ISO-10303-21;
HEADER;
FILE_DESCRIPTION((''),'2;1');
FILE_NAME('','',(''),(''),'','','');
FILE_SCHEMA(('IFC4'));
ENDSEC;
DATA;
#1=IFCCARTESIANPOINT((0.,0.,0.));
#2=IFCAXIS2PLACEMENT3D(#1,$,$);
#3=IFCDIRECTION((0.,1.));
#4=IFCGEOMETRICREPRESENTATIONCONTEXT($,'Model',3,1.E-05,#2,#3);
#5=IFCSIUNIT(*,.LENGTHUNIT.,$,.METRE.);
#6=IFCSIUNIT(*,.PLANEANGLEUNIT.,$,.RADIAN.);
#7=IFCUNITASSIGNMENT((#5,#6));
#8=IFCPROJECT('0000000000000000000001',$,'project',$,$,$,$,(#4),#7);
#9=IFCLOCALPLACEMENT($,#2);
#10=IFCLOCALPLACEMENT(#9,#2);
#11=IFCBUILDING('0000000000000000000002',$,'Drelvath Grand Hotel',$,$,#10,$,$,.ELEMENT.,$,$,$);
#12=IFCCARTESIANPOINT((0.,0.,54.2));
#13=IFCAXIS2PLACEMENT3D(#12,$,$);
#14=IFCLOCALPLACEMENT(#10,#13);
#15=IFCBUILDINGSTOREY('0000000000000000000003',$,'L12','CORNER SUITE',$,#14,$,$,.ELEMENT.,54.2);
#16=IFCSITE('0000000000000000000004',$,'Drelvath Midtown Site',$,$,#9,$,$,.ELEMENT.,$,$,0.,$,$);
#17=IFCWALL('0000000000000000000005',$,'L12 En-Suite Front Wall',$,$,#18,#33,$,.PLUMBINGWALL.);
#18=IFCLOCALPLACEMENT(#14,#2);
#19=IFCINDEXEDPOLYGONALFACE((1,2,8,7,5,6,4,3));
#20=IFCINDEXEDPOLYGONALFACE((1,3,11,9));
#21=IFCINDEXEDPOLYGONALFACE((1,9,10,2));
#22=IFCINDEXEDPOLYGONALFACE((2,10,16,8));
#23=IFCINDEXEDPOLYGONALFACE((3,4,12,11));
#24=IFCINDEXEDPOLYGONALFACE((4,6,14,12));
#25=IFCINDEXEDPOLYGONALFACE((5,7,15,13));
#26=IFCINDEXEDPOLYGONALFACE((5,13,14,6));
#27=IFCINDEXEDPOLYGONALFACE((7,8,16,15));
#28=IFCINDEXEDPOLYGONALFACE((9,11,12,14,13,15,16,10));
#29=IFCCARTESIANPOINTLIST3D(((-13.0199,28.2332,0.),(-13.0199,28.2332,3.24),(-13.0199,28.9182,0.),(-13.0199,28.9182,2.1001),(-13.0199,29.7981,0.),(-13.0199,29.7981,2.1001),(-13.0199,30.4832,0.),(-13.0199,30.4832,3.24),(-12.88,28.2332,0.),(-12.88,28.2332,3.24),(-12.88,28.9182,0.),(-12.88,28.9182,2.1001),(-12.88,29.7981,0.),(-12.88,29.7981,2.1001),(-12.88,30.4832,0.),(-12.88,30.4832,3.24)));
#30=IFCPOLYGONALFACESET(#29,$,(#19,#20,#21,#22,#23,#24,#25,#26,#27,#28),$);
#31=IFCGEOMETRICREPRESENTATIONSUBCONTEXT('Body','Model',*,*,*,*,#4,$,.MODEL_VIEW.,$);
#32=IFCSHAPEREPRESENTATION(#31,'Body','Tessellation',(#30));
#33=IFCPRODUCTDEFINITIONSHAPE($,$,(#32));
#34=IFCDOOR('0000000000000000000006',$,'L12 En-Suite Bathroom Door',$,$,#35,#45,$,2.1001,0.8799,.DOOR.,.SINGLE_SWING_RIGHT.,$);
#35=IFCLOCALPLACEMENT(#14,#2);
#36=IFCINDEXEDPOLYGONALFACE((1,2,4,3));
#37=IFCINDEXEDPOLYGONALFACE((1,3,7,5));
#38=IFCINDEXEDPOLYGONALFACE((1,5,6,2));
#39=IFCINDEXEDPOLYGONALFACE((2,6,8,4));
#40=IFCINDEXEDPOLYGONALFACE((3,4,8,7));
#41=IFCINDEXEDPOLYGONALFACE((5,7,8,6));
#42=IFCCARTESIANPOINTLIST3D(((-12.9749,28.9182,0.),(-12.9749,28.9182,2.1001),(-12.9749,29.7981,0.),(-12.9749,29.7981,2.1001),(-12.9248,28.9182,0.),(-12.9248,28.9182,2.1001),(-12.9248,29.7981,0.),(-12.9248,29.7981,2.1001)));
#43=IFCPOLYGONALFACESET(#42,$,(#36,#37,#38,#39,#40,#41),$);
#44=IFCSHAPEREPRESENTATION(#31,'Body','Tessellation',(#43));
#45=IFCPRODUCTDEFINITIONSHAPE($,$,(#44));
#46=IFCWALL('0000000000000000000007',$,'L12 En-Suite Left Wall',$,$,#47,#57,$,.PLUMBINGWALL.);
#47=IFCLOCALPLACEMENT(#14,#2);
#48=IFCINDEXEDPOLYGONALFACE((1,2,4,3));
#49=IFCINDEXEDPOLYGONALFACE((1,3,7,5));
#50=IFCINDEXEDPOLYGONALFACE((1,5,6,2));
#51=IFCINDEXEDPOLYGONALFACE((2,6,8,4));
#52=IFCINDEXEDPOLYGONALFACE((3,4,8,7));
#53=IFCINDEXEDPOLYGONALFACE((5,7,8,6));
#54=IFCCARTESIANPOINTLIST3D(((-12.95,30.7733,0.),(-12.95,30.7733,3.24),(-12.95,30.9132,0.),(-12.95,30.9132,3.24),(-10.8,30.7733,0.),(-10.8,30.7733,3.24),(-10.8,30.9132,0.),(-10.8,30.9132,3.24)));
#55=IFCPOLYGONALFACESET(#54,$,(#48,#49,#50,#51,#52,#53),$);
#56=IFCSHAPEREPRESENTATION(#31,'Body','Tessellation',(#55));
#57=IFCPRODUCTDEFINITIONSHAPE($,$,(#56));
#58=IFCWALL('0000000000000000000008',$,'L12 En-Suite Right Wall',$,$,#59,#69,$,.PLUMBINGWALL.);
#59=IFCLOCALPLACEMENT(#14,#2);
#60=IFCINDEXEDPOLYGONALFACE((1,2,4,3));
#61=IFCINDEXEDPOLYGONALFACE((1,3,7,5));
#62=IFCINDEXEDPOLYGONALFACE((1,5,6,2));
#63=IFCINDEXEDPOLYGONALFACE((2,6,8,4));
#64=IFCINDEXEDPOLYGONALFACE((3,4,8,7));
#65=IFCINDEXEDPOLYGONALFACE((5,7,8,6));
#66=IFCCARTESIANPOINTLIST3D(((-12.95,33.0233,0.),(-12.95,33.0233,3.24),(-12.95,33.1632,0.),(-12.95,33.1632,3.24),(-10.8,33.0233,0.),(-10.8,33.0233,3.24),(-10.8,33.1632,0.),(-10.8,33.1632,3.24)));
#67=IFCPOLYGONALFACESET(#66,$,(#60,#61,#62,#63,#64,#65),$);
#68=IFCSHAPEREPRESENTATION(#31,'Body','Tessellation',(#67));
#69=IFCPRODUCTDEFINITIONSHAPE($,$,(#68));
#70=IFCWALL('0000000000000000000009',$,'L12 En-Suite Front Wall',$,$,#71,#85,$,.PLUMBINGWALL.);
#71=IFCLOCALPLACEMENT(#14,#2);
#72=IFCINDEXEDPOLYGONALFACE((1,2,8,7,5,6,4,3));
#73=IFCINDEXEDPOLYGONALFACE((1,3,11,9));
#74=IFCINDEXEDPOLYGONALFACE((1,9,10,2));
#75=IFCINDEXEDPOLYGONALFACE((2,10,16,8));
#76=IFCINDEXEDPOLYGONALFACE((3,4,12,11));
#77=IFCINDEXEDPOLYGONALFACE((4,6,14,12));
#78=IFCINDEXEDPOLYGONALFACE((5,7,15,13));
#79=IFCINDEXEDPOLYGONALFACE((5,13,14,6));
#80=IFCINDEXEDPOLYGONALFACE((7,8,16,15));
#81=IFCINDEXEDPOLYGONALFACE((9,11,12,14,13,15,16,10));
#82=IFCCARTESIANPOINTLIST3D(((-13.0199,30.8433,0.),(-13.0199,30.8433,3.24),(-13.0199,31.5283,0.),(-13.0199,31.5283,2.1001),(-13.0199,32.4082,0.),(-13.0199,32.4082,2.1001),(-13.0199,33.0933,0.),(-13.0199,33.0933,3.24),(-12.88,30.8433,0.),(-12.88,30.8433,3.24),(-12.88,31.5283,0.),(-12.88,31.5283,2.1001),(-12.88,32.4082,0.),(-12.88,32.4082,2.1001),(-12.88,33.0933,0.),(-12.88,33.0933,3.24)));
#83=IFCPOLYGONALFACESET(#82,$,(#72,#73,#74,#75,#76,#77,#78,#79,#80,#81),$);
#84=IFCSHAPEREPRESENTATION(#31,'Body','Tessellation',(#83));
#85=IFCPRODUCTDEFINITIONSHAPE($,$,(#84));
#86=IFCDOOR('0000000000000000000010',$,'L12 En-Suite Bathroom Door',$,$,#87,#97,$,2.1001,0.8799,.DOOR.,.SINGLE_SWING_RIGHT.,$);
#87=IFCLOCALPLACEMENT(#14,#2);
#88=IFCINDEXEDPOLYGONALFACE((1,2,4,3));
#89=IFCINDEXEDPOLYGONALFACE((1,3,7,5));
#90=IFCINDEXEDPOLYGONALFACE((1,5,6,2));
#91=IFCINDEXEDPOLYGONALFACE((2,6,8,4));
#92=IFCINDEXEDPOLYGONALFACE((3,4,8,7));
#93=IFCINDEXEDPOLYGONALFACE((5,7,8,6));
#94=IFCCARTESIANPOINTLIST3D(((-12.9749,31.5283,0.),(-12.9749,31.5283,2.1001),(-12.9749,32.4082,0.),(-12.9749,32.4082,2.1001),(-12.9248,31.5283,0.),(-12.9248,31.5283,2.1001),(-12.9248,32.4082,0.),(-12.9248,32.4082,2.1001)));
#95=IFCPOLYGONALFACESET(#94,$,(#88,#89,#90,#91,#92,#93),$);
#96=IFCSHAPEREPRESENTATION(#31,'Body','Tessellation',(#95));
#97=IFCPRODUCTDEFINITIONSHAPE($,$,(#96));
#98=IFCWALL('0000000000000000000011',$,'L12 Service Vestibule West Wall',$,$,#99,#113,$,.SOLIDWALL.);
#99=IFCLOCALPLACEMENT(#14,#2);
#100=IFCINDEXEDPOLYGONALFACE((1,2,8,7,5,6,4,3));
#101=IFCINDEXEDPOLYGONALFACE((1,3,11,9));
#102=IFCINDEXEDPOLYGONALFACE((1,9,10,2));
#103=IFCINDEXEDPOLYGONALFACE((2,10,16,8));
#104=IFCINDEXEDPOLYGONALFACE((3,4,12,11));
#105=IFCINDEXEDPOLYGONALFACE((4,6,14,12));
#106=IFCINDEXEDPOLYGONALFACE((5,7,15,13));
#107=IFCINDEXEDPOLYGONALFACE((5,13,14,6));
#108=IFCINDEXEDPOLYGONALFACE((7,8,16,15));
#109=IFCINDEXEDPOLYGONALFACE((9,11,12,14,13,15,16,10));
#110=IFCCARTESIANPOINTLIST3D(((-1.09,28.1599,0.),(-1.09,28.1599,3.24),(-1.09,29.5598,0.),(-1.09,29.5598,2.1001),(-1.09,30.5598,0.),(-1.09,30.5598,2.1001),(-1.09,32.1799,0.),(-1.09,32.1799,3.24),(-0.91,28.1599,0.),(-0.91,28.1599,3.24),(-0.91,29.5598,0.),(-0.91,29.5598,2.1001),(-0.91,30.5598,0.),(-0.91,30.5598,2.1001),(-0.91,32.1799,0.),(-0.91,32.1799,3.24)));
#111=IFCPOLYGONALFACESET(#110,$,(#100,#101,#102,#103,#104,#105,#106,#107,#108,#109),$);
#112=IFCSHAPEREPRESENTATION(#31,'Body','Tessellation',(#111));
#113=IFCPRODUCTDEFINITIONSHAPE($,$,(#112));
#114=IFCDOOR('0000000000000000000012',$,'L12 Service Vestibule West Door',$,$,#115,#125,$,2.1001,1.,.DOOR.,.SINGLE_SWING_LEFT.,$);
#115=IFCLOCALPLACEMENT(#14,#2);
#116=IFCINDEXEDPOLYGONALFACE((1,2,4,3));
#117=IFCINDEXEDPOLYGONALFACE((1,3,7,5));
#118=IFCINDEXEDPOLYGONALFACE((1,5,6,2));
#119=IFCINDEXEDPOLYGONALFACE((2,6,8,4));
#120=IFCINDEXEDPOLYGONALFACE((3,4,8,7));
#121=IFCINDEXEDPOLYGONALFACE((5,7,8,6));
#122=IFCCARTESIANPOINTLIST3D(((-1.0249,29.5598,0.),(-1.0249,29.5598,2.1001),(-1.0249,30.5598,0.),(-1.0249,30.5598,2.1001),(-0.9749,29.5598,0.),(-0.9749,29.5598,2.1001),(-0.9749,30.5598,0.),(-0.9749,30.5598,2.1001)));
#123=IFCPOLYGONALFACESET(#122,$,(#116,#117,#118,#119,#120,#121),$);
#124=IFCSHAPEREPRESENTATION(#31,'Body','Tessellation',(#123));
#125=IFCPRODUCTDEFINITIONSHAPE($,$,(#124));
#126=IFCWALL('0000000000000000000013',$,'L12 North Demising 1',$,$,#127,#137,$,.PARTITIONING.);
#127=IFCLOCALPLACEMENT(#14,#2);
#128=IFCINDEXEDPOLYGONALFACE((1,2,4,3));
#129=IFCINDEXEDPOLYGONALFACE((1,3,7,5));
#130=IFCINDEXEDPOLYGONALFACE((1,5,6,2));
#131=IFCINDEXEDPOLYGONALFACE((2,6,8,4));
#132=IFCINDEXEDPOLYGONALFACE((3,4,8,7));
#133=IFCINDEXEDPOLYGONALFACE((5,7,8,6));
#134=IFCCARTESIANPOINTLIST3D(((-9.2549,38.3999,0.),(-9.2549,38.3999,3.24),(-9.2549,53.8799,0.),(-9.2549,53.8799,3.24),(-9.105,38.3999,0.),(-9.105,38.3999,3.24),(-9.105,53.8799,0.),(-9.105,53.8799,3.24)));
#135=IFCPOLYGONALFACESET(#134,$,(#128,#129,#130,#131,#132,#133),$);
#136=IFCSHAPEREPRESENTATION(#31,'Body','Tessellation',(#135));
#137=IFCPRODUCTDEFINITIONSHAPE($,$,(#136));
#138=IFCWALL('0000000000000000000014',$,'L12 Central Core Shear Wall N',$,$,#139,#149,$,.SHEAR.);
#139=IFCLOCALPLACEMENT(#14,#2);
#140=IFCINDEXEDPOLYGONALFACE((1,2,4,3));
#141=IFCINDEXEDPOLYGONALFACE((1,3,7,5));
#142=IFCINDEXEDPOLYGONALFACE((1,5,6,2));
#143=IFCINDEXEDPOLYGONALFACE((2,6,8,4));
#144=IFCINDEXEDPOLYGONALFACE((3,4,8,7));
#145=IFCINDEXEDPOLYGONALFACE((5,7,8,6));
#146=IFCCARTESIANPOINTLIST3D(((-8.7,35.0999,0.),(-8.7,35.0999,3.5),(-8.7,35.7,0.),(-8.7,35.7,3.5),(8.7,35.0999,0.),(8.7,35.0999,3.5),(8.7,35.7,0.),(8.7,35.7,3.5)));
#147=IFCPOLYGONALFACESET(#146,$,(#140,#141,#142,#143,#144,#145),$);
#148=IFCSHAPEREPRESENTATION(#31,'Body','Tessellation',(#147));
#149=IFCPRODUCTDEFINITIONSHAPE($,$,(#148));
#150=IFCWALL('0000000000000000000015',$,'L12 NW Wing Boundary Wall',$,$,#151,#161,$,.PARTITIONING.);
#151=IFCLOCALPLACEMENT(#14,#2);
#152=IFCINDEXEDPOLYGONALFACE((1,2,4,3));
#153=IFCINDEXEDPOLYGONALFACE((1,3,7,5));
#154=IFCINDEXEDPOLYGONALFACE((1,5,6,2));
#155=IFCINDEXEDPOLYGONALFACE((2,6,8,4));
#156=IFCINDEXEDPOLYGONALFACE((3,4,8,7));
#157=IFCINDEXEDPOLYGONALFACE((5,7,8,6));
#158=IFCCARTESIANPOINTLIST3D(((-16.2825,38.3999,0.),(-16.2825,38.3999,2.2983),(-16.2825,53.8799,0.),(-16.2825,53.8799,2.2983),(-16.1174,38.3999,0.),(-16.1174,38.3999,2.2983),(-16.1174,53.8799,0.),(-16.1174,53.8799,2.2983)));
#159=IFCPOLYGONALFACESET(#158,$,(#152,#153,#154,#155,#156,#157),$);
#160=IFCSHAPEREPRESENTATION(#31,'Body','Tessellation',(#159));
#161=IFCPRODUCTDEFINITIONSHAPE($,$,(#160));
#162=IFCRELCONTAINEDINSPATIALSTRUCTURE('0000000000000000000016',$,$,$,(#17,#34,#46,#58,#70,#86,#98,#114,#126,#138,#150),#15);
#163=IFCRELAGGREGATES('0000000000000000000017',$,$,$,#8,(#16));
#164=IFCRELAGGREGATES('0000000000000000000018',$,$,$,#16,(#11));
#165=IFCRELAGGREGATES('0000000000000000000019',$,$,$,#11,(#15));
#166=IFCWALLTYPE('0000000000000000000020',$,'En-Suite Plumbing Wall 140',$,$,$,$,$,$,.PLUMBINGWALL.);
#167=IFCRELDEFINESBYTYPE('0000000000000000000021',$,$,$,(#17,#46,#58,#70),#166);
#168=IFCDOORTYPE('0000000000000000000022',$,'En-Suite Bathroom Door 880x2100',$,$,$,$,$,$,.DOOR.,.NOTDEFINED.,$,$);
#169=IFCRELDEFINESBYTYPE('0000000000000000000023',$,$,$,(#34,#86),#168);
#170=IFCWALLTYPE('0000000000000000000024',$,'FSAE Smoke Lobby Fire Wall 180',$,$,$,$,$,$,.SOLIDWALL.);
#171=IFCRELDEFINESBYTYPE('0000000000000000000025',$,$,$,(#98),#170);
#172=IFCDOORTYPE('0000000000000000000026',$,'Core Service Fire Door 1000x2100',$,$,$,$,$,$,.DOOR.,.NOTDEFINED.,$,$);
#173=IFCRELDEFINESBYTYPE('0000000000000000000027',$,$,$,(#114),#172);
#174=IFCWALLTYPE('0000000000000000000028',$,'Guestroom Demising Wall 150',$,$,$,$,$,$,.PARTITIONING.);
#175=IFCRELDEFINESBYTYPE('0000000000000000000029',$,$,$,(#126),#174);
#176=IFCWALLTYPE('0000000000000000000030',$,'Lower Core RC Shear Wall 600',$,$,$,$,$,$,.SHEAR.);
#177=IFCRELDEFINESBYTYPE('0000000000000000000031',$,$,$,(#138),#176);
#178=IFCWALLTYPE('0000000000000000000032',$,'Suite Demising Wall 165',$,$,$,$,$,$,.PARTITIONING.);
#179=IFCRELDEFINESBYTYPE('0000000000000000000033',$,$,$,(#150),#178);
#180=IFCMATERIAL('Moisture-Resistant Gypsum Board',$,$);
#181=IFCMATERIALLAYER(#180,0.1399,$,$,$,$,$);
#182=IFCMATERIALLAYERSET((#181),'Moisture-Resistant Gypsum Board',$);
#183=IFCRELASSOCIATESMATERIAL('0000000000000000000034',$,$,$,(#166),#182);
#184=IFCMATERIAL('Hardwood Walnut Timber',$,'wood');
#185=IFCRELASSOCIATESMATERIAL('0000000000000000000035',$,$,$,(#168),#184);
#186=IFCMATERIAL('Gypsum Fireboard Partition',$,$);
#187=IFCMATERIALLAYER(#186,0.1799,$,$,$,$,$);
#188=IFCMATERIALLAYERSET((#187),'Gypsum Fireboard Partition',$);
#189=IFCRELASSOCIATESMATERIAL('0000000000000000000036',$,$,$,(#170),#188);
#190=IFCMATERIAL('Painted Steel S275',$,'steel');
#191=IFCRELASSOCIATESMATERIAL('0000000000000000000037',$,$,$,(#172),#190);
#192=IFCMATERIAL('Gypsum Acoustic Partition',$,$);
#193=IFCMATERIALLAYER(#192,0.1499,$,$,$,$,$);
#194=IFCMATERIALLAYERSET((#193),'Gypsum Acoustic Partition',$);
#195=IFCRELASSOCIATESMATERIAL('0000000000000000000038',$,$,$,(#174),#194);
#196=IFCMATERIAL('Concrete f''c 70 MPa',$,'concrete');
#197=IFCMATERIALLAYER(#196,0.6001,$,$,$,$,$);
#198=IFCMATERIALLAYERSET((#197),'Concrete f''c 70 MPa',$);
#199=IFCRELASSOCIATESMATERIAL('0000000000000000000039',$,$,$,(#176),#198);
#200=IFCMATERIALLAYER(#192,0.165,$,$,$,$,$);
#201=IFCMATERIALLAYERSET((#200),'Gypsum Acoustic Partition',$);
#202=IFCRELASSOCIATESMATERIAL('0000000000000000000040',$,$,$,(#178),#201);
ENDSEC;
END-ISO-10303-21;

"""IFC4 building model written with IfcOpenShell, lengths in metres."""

from ifc_helpers import new_model, si_unit, direction, frame, frame_2d, origin, place, context, subcontext, project, spatial, rectangle, extrude, material, layer, layer_set, type_object, element, fill, save


model = new_model("IFC4")

# Units and contexts
model_context = context("Model", 3, precision=1e-05, world=origin(), true_north=direction((0.0, 1.0)))
body_context = subcontext(model_context, "Body", "Model", "MODEL_VIEW")
ifc_project = project(units=[si_unit("LENGTHUNIT", "METRE"), si_unit("PLANEANGLEUNIT", "RADIAN")], contexts=[model_context])

# Site, building, storey
site_placement = place(None, origin())
site = spatial("IfcSite", under=ifc_project, at=site_placement, Name="Drelvath Midtown Site", CompositionType="ELEMENT", RefElevation=0.0)
building_placement = place(site_placement, origin())
building = spatial("IfcBuilding", under=site, at=building_placement, Name="Drelvath Grand Hotel", CompositionType="ELEMENT")
storey_placement = place(building_placement, frame((0.0, 0.0, 54.2)))
storey = spatial("IfcBuildingStorey", under=building, at=storey_placement, Name="L12", Description="CORNER SUITE", CompositionType="ELEMENT", Elevation=54.2)

# Shared definitions
ifc_material_1 = material(Name="Concrete f'c 70 MPa", Category="concrete")

# Shared definitions
ifc_material_2 = material(Name="Painted Steel S275", Category="steel")

# Shared definitions
ifc_material_3 = material(Name="Gypsum Fireboard Partition")
ifc_material_4 = material(Name="Moisture-Resistant Gypsum Board")
ifc_layer_1 = layer(ifc_material_4, 0.1399)
ifc_layer_set_1 = layer_set([ifc_layer_1], Name="Moisture-Resistant Gypsum Board")
wall_type_1 = type_object("IfcWallType", Name="En-Suite Plumbing Wall 140", PredefinedType="PLUMBINGWALL", material=ifc_layer_set_1)

# Wall, opening, door
wall_1_placement = place(storey_placement, frame((-12.95, 28.2332, 0.0), z_axis=(0.0, 0.0, 1.0), x_axis=(0.0, 1.0, 0.0)))
wall_1 = element("IfcWall", 1, at=wall_1_placement, inside=storey, type_object=wall_type_1, Name="L12 En-Suite Front Wall", PredefinedType="PLUMBINGWALL", context=body_context, shape_type="SweptSolid", body=[
    extrude(rectangle(XDim=2.25, YDim=0.1399, at=frame_2d((1.125, 0.0))), origin(), (0.0, 0.0, 1.0), 3.24),
])
opening_1_placement = place(wall_1_placement, frame((0.6851, 0.0, 0.0)))
opening_1 = element("IfcOpeningElement", 2, at=opening_1_placement, cuts=wall_1, PredefinedType="OPENING", context=body_context, shape_type="SweptSolid", body=[
    extrude(rectangle(XDim=0.8799, YDim=2.1001, at=frame_2d((0.4399, 1.05))), frame((0.0, 0.0798, 0.0), z_axis=(0.0, -1.0, 0.0), x_axis=(1.0, 0.0, 0.0)), (0.0, 0.0, 1.0), 0.1599),
])
ifc_material_5 = material(Name="Hardwood Walnut Timber", Category="wood")
door_type_1 = type_object("IfcDoorType", Name="En-Suite Bathroom Door 880x2100", OperationType="NOTDEFINED", PredefinedType="DOOR", material=ifc_material_5)
door_1_placement = place(opening_1_placement, origin())
door_1 = element("IfcDoor", 3, at=door_1_placement, inside=storey, type_object=door_type_1, Name="L12 En-Suite Bathroom Door", OperationType="SINGLE_SWING_RIGHT", OverallHeight=2.1001, OverallWidth=0.8799, PredefinedType="DOOR", context=body_context, shape_type="SweptSolid", body=[
    extrude(rectangle(XDim=0.8799, YDim=2.1001, at=frame_2d((0.4399, 1.05))), frame((0.0, 0.0249, 0.0), z_axis=(0.0, -1.0, 0.0), x_axis=(1.0, 0.0, 0.0)), (0.0, 0.0, 1.0), 0.05),
])
fill(opening_1, door_1)

# Walls
for number, where, z_axis, x_axis, name in (
    (4, (-10.8, 30.8433, 0.0), (0.0, 0.0, 1.0), (-1.0, 0.0, 0.0), "L12 En-Suite Left Wall"),
    (5, (-10.8, 33.0933, 0.0), (0.0, 0.0, 1.0), (-1.0, 0.0, 0.0), "L12 En-Suite Right Wall"),
):
    element("IfcWall", number, at=place(storey_placement, frame(where, z_axis=z_axis, x_axis=x_axis)), inside=storey, type_object=wall_type_1, Name=name, PredefinedType="PLUMBINGWALL", context=body_context, shape_type="SweptSolid", body=[
        extrude(rectangle(XDim=2.1499, YDim=0.1399, at=frame_2d((1.075, 0.0))), origin(), (0.0, 0.0, 1.0), 3.24),
    ])

# Walls, openings, doors
wall_2_placement = place(storey_placement, frame((-12.95, 30.8433, 0.0), z_axis=(0.0, 0.0, 1.0), x_axis=(0.0, 1.0, 0.0)))
wall_2 = element("IfcWall", 6, at=wall_2_placement, inside=storey, type_object=wall_type_1, Name="L12 En-Suite Front Wall", PredefinedType="PLUMBINGWALL", context=body_context, shape_type="SweptSolid", body=[
    extrude(rectangle(XDim=2.25, YDim=0.1399, at=frame_2d((1.125, 0.0))), origin(), (0.0, 0.0, 1.0), 3.24),
])
opening_2_placement = place(wall_2_placement, frame((0.6851, 0.0, 0.0)))
opening_2 = element("IfcOpeningElement", 7, at=opening_2_placement, cuts=wall_2, PredefinedType="OPENING", context=body_context, shape_type="SweptSolid", body=[
    extrude(rectangle(XDim=0.8799, YDim=2.1001, at=frame_2d((0.4399, 1.05))), frame((0.0, 0.0798, 0.0), z_axis=(0.0, -1.0, 0.0), x_axis=(1.0, 0.0, 0.0)), (0.0, 0.0, 1.0), 0.1599),
])
door_2_placement = place(opening_2_placement, origin())
door_2 = element("IfcDoor", 8, at=door_2_placement, inside=storey, type_object=door_type_1, Name="L12 En-Suite Bathroom Door", OperationType="SINGLE_SWING_RIGHT", OverallHeight=2.1001, OverallWidth=0.8799, PredefinedType="DOOR", context=body_context, shape_type="SweptSolid", body=[
    extrude(rectangle(XDim=0.8799, YDim=2.1001, at=frame_2d((0.4399, 1.05))), frame((0.0, 0.0249, 0.0), z_axis=(0.0, -1.0, 0.0), x_axis=(1.0, 0.0, 0.0)), (0.0, 0.0, 1.0), 0.05),
])
fill(opening_2, door_2)
ifc_layer_2 = layer(ifc_material_3, 0.1799)
ifc_layer_set_2 = layer_set([ifc_layer_2], Name="Gypsum Fireboard Partition")
wall_type_2 = type_object("IfcWallType", Name="FSAE Smoke Lobby Fire Wall 180", PredefinedType="SOLIDWALL", material=ifc_layer_set_2)
wall_3_placement = place(storey_placement, frame((-1.0, 28.1599, 0.0), z_axis=(0.0, 0.0, 1.0), x_axis=(0.0, 1.0, 0.0)))
wall_3 = element("IfcWall", 9, at=wall_3_placement, inside=storey, type_object=wall_type_2, Name="L12 Service Vestibule West Wall", PredefinedType="SOLIDWALL", context=body_context, shape_type="SweptSolid", body=[
    extrude(rectangle(XDim=4.02, YDim=0.1799, at=frame_2d((2.01, 0.0))), origin(), (0.0, 0.0, 1.0), 3.24),
])
opening_3_placement = place(wall_3_placement, frame((1.3999, 0.0, 0.0)))
opening_3 = element("IfcOpeningElement", 10, at=opening_3_placement, cuts=wall_3, PredefinedType="OPENING", context=body_context, shape_type="SweptSolid", body=[
    extrude(rectangle(XDim=1.0, YDim=2.1001, at=frame_2d((0.5, 1.05))), frame((0.0, 0.0999, 0.0), z_axis=(0.0, -1.0, 0.0), x_axis=(1.0, 0.0, 0.0)), (0.0, 0.0, 1.0), 0.2),
])
door_type_2 = type_object("IfcDoorType", Name="Core Service Fire Door 1000x2100", OperationType="NOTDEFINED", PredefinedType="DOOR", material=ifc_material_2)
door_3_placement = place(opening_3_placement, origin())
door_3 = element("IfcDoor", 11, at=door_3_placement, inside=storey, type_object=door_type_2, Name="L12 Service Vestibule West Door", OperationType="SINGLE_SWING_LEFT", OverallHeight=2.1001, OverallWidth=1.0, PredefinedType="DOOR", context=body_context, shape_type="SweptSolid", body=[
    extrude(rectangle(XDim=1.0, YDim=2.1001, at=frame_2d((0.5, 1.05))), frame((0.0, 0.0249, 0.0), z_axis=(0.0, -1.0, 0.0), x_axis=(1.0, 0.0, 0.0)), (0.0, 0.0, 1.0), 0.05),
])
fill(opening_3, door_3)

# Walls
ifc_material_6 = material(Name="Gypsum Acoustic Partition")
ifc_layer_3 = layer(ifc_material_6, 0.1499)
ifc_layer_set_3 = layer_set([ifc_layer_3], Name="Gypsum Acoustic Partition")
wall_type_3 = type_object("IfcWallType", Name="Guestroom Demising Wall 150", PredefinedType="PARTITIONING", material=ifc_layer_set_3)
wall_4_placement = place(storey_placement, frame((-9.1799, 38.3999, 0.0), z_axis=(0.0, 0.0, 1.0), x_axis=(0.0, 1.0, 0.0)))
element("IfcWall", 12, at=wall_4_placement, inside=storey, type_object=wall_type_3, Name="L12 North Demising 1", PredefinedType="PARTITIONING", context=body_context, shape_type="SweptSolid", body=[
    extrude(rectangle(XDim=15.48, YDim=0.1499, at=frame_2d((7.74, 0.0))), origin(), (0.0, 0.0, 1.0), 3.24),
])
ifc_layer_4 = layer(ifc_material_1, 0.6001)
ifc_layer_set_4 = layer_set([ifc_layer_4], Name="Concrete f'c 70 MPa")
wall_type_4 = type_object("IfcWallType", Name="Lower Core RC Shear Wall 600", PredefinedType="SHEAR", material=ifc_layer_set_4)
wall_5_placement = place(storey_placement, frame((-8.7, 35.3999, 0.0), z_axis=(0.0, 0.0, 1.0), x_axis=(1.0, 0.0, 0.0)))
element("IfcWall", 13, at=wall_5_placement, inside=storey, type_object=wall_type_4, Name="L12 Central Core Shear Wall N", PredefinedType="SHEAR", context=body_context, shape_type="SweptSolid", body=[
    extrude(rectangle(XDim=17.3999, YDim=0.6001, at=frame_2d((8.7, 0.0))), origin(), (0.0, 0.0, 1.0), 3.5),
])
ifc_layer_5 = layer(ifc_material_6, 0.165)
ifc_layer_set_5 = layer_set([ifc_layer_5], Name="Gypsum Acoustic Partition")
wall_type_5 = type_object("IfcWallType", Name="Suite Demising Wall 165", PredefinedType="PARTITIONING", material=ifc_layer_set_5)
wall_6_placement = place(storey_placement, frame((-16.2, 38.3999, 0.0), z_axis=(0.0, 0.0, 1.0), x_axis=(0.0, 1.0, 0.0)))
element("IfcWall", 14, at=wall_6_placement, inside=storey, type_object=wall_type_5, Name="L12 NW Wing Boundary Wall", PredefinedType="PARTITIONING", context=body_context, shape_type="SweptSolid", body=[
    extrude(rectangle(XDim=15.48, YDim=0.165, at=frame_2d((7.74, 0.0))), origin(), (0.0, 0.0, 1.0), 2.2983),
])

save(model, "model.ifc")
